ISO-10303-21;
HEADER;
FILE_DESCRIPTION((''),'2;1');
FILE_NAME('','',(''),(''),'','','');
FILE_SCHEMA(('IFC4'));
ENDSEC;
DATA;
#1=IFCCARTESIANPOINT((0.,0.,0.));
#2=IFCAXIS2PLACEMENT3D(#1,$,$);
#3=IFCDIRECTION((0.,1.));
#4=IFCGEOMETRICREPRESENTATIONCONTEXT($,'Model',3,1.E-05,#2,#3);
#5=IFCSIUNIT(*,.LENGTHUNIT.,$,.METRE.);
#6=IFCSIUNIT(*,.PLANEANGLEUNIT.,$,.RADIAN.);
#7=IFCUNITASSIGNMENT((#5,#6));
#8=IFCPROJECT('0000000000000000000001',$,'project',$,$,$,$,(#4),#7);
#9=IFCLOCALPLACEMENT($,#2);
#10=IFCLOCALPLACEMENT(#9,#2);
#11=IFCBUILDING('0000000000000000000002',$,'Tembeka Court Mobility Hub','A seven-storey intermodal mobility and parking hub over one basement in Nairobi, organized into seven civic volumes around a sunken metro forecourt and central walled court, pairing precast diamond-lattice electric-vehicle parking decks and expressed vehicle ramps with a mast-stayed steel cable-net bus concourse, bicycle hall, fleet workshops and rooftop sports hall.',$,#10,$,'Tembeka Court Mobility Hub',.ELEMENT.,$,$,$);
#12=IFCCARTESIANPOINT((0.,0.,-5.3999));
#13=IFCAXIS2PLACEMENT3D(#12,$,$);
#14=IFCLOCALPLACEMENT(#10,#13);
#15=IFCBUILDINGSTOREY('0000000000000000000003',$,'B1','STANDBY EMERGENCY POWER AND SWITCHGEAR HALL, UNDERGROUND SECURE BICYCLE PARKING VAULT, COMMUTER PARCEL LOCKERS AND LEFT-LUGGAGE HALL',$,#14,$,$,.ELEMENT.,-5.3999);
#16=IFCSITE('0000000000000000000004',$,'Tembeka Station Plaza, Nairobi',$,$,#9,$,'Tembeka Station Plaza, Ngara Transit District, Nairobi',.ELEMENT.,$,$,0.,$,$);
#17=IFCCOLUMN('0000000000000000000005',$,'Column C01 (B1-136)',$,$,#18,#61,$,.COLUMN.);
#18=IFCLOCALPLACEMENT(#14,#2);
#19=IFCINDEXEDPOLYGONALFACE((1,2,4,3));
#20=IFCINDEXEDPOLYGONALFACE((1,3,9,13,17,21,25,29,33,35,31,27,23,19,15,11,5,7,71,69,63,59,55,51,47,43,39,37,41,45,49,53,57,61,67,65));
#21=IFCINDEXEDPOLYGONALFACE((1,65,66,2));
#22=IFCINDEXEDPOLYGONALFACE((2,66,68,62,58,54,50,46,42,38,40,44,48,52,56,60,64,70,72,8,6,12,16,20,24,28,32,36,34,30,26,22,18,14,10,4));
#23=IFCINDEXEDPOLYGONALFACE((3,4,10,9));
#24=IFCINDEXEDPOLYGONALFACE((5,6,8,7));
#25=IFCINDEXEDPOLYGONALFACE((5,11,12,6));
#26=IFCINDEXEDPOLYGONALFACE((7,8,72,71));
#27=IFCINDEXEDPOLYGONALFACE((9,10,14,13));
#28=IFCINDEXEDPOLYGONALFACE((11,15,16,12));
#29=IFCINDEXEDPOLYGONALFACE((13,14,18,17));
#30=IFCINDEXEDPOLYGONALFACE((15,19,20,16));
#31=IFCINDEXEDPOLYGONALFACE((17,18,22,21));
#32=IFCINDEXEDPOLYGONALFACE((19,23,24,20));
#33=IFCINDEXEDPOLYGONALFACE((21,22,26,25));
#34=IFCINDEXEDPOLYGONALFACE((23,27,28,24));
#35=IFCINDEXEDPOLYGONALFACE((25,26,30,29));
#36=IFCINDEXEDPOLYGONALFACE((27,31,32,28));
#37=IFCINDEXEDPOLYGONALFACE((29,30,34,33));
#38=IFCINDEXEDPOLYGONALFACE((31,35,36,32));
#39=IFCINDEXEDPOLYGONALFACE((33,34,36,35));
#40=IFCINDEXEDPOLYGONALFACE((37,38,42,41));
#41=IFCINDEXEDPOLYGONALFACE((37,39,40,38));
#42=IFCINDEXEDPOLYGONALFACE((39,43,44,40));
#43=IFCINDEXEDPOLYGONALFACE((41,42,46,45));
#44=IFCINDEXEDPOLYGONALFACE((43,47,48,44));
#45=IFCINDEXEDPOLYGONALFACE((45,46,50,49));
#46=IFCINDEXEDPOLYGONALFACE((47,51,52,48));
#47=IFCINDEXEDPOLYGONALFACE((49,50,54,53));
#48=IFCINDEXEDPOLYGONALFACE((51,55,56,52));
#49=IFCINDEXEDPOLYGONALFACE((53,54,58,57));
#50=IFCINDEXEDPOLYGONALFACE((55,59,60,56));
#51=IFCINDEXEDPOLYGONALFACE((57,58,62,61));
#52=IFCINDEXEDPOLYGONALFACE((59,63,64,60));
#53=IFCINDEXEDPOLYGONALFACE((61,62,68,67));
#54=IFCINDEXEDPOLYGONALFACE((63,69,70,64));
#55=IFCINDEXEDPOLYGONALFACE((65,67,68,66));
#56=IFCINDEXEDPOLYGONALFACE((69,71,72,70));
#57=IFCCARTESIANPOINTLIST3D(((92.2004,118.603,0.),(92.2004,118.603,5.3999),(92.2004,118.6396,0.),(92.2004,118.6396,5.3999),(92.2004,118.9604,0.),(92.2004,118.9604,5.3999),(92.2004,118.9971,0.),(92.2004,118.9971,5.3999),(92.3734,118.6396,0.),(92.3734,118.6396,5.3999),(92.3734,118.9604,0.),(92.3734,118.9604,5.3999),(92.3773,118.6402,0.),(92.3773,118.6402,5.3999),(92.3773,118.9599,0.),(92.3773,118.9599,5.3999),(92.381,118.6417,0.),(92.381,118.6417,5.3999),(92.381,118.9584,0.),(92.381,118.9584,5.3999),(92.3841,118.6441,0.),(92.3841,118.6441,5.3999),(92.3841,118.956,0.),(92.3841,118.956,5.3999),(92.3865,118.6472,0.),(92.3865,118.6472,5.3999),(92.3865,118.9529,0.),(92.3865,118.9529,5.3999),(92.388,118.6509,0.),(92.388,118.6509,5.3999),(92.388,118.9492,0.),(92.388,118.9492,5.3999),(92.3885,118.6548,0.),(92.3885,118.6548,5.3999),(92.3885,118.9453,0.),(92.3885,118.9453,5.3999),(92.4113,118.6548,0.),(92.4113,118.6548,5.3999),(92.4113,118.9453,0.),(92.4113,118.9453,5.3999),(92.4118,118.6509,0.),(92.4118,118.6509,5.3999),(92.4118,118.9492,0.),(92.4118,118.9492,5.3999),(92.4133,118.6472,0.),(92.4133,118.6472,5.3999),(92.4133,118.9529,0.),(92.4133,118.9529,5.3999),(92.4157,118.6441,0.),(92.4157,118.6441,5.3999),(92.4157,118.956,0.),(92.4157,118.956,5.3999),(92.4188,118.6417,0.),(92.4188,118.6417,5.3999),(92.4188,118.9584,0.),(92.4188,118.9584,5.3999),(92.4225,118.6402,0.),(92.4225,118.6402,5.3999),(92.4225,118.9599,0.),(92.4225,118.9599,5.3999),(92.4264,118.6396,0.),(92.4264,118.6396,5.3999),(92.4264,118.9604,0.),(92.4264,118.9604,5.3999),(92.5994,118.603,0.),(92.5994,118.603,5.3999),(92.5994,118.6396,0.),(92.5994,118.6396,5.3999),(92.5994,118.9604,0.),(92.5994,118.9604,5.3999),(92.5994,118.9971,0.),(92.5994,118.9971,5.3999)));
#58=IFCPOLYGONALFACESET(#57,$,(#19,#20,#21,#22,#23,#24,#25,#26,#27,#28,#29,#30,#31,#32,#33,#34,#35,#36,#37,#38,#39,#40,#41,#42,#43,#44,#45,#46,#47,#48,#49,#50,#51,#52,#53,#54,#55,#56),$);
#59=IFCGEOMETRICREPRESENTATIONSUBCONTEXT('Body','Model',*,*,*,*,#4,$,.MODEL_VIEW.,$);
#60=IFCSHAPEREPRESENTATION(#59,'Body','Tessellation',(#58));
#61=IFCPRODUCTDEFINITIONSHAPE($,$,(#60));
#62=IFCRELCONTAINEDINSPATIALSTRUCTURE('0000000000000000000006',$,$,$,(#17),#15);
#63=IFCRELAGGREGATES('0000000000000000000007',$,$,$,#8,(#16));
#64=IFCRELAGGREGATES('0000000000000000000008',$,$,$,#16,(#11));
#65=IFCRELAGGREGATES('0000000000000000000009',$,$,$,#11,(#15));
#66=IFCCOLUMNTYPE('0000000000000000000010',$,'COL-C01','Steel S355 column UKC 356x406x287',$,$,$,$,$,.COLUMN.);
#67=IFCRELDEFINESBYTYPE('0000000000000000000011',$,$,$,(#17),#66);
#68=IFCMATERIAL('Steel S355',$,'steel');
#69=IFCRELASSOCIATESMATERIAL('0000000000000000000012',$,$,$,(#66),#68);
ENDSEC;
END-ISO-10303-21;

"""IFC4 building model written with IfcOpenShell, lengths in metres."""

from ifc_helpers import new_model, si_unit, direction, frame, origin, origin_2d, place, context, subcontext, project, spatial, i_section, extrude, material, material_profile, profile_set, type_object, element, save


model = new_model("IFC4")

# Units and contexts
model_context = context("Model", 3, precision=1e-05, world=origin(), true_north=direction((0.0, 1.0)))
body_context = subcontext(model_context, "Body", "Model", "MODEL_VIEW")
ifc_project = project(units=[si_unit("LENGTHUNIT", "METRE"), si_unit("PLANEANGLEUNIT", "RADIAN")], contexts=[model_context])

# Site, building, storey
site_placement = place(None, origin())
site = spatial("IfcSite", under=ifc_project, at=site_placement, Name="Tembeka Station Plaza, Nairobi", LongName="Tembeka Station Plaza, Ngara Transit District, Nairobi", CompositionType="ELEMENT", RefElevation=0.0)
building_placement = place(site_placement, origin())
building = spatial("IfcBuilding", under=site, at=building_placement, Name="Tembeka Court Mobility Hub", Description="A seven-storey intermodal mobility and parking hub over one basement in Nairobi, organized into seven civic volumes around a sunken metro forecourt and central walled court, pairing precast diamond-lattice electric-vehicle parking decks and expressed vehicle ramps with a mast-stayed steel cable-net bus concourse, bicycle hall, fleet workshops and rooftop sports hall.", LongName="Tembeka Court Mobility Hub", CompositionType="ELEMENT")
storey_placement = place(building_placement, frame((0.0, 0.0, -5.3999)))
storey = spatial("IfcBuildingStorey", under=building, at=storey_placement, Name="B1", Description="STANDBY EMERGENCY POWER AND SWITCHGEAR HALL, UNDERGROUND SECURE BICYCLE PARKING VAULT, COMMUTER PARCEL LOCKERS AND LEFT-LUGGAGE HALL", CompositionType="ELEMENT", Elevation=-5.3999)

# Column
ifc_material_1 = material(Name="Steel S355", Category="steel")
ifc_material_profile_1 = material_profile(ifc_material_1, i_section(OverallWidth=0.3989, OverallDepth=0.394, WebThickness=0.0227, FlangeThickness=0.0366, FilletRadius=0.0151, at=origin_2d()), Name="UKC 356x406x287")
ifc_profile_set_1 = profile_set([ifc_material_profile_1], Name="Steel S355")
column_type = type_object("IfcColumnType", Name="COL-C01", Description="Steel S355 column UKC 356x406x287", PredefinedType="COLUMN", material=ifc_profile_set_1)
for number, where, z_axis, x_axis, name in (
    (1, (92.3999, 118.8, 0.0), (0.0, 0.0, 1.0), (1.0, 0.0, 0.0), "Column C01 (B1-136)"),
):
    element("IfcColumn", number, at=place(storey_placement, frame(where, z_axis=z_axis, x_axis=x_axis)), inside=storey, type_object=column_type, Name=name, PredefinedType="COLUMN", context=body_context, shape_type="SweptSolid", body=[
        extrude(i_section(OverallWidth=0.3989, OverallDepth=0.394, WebThickness=0.0227, FlangeThickness=0.0366, FilletRadius=0.0151, at=origin_2d()), origin(), (0.0, 0.0, 1.0), 5.3999),
    ])

save(model, "model.ifc")
